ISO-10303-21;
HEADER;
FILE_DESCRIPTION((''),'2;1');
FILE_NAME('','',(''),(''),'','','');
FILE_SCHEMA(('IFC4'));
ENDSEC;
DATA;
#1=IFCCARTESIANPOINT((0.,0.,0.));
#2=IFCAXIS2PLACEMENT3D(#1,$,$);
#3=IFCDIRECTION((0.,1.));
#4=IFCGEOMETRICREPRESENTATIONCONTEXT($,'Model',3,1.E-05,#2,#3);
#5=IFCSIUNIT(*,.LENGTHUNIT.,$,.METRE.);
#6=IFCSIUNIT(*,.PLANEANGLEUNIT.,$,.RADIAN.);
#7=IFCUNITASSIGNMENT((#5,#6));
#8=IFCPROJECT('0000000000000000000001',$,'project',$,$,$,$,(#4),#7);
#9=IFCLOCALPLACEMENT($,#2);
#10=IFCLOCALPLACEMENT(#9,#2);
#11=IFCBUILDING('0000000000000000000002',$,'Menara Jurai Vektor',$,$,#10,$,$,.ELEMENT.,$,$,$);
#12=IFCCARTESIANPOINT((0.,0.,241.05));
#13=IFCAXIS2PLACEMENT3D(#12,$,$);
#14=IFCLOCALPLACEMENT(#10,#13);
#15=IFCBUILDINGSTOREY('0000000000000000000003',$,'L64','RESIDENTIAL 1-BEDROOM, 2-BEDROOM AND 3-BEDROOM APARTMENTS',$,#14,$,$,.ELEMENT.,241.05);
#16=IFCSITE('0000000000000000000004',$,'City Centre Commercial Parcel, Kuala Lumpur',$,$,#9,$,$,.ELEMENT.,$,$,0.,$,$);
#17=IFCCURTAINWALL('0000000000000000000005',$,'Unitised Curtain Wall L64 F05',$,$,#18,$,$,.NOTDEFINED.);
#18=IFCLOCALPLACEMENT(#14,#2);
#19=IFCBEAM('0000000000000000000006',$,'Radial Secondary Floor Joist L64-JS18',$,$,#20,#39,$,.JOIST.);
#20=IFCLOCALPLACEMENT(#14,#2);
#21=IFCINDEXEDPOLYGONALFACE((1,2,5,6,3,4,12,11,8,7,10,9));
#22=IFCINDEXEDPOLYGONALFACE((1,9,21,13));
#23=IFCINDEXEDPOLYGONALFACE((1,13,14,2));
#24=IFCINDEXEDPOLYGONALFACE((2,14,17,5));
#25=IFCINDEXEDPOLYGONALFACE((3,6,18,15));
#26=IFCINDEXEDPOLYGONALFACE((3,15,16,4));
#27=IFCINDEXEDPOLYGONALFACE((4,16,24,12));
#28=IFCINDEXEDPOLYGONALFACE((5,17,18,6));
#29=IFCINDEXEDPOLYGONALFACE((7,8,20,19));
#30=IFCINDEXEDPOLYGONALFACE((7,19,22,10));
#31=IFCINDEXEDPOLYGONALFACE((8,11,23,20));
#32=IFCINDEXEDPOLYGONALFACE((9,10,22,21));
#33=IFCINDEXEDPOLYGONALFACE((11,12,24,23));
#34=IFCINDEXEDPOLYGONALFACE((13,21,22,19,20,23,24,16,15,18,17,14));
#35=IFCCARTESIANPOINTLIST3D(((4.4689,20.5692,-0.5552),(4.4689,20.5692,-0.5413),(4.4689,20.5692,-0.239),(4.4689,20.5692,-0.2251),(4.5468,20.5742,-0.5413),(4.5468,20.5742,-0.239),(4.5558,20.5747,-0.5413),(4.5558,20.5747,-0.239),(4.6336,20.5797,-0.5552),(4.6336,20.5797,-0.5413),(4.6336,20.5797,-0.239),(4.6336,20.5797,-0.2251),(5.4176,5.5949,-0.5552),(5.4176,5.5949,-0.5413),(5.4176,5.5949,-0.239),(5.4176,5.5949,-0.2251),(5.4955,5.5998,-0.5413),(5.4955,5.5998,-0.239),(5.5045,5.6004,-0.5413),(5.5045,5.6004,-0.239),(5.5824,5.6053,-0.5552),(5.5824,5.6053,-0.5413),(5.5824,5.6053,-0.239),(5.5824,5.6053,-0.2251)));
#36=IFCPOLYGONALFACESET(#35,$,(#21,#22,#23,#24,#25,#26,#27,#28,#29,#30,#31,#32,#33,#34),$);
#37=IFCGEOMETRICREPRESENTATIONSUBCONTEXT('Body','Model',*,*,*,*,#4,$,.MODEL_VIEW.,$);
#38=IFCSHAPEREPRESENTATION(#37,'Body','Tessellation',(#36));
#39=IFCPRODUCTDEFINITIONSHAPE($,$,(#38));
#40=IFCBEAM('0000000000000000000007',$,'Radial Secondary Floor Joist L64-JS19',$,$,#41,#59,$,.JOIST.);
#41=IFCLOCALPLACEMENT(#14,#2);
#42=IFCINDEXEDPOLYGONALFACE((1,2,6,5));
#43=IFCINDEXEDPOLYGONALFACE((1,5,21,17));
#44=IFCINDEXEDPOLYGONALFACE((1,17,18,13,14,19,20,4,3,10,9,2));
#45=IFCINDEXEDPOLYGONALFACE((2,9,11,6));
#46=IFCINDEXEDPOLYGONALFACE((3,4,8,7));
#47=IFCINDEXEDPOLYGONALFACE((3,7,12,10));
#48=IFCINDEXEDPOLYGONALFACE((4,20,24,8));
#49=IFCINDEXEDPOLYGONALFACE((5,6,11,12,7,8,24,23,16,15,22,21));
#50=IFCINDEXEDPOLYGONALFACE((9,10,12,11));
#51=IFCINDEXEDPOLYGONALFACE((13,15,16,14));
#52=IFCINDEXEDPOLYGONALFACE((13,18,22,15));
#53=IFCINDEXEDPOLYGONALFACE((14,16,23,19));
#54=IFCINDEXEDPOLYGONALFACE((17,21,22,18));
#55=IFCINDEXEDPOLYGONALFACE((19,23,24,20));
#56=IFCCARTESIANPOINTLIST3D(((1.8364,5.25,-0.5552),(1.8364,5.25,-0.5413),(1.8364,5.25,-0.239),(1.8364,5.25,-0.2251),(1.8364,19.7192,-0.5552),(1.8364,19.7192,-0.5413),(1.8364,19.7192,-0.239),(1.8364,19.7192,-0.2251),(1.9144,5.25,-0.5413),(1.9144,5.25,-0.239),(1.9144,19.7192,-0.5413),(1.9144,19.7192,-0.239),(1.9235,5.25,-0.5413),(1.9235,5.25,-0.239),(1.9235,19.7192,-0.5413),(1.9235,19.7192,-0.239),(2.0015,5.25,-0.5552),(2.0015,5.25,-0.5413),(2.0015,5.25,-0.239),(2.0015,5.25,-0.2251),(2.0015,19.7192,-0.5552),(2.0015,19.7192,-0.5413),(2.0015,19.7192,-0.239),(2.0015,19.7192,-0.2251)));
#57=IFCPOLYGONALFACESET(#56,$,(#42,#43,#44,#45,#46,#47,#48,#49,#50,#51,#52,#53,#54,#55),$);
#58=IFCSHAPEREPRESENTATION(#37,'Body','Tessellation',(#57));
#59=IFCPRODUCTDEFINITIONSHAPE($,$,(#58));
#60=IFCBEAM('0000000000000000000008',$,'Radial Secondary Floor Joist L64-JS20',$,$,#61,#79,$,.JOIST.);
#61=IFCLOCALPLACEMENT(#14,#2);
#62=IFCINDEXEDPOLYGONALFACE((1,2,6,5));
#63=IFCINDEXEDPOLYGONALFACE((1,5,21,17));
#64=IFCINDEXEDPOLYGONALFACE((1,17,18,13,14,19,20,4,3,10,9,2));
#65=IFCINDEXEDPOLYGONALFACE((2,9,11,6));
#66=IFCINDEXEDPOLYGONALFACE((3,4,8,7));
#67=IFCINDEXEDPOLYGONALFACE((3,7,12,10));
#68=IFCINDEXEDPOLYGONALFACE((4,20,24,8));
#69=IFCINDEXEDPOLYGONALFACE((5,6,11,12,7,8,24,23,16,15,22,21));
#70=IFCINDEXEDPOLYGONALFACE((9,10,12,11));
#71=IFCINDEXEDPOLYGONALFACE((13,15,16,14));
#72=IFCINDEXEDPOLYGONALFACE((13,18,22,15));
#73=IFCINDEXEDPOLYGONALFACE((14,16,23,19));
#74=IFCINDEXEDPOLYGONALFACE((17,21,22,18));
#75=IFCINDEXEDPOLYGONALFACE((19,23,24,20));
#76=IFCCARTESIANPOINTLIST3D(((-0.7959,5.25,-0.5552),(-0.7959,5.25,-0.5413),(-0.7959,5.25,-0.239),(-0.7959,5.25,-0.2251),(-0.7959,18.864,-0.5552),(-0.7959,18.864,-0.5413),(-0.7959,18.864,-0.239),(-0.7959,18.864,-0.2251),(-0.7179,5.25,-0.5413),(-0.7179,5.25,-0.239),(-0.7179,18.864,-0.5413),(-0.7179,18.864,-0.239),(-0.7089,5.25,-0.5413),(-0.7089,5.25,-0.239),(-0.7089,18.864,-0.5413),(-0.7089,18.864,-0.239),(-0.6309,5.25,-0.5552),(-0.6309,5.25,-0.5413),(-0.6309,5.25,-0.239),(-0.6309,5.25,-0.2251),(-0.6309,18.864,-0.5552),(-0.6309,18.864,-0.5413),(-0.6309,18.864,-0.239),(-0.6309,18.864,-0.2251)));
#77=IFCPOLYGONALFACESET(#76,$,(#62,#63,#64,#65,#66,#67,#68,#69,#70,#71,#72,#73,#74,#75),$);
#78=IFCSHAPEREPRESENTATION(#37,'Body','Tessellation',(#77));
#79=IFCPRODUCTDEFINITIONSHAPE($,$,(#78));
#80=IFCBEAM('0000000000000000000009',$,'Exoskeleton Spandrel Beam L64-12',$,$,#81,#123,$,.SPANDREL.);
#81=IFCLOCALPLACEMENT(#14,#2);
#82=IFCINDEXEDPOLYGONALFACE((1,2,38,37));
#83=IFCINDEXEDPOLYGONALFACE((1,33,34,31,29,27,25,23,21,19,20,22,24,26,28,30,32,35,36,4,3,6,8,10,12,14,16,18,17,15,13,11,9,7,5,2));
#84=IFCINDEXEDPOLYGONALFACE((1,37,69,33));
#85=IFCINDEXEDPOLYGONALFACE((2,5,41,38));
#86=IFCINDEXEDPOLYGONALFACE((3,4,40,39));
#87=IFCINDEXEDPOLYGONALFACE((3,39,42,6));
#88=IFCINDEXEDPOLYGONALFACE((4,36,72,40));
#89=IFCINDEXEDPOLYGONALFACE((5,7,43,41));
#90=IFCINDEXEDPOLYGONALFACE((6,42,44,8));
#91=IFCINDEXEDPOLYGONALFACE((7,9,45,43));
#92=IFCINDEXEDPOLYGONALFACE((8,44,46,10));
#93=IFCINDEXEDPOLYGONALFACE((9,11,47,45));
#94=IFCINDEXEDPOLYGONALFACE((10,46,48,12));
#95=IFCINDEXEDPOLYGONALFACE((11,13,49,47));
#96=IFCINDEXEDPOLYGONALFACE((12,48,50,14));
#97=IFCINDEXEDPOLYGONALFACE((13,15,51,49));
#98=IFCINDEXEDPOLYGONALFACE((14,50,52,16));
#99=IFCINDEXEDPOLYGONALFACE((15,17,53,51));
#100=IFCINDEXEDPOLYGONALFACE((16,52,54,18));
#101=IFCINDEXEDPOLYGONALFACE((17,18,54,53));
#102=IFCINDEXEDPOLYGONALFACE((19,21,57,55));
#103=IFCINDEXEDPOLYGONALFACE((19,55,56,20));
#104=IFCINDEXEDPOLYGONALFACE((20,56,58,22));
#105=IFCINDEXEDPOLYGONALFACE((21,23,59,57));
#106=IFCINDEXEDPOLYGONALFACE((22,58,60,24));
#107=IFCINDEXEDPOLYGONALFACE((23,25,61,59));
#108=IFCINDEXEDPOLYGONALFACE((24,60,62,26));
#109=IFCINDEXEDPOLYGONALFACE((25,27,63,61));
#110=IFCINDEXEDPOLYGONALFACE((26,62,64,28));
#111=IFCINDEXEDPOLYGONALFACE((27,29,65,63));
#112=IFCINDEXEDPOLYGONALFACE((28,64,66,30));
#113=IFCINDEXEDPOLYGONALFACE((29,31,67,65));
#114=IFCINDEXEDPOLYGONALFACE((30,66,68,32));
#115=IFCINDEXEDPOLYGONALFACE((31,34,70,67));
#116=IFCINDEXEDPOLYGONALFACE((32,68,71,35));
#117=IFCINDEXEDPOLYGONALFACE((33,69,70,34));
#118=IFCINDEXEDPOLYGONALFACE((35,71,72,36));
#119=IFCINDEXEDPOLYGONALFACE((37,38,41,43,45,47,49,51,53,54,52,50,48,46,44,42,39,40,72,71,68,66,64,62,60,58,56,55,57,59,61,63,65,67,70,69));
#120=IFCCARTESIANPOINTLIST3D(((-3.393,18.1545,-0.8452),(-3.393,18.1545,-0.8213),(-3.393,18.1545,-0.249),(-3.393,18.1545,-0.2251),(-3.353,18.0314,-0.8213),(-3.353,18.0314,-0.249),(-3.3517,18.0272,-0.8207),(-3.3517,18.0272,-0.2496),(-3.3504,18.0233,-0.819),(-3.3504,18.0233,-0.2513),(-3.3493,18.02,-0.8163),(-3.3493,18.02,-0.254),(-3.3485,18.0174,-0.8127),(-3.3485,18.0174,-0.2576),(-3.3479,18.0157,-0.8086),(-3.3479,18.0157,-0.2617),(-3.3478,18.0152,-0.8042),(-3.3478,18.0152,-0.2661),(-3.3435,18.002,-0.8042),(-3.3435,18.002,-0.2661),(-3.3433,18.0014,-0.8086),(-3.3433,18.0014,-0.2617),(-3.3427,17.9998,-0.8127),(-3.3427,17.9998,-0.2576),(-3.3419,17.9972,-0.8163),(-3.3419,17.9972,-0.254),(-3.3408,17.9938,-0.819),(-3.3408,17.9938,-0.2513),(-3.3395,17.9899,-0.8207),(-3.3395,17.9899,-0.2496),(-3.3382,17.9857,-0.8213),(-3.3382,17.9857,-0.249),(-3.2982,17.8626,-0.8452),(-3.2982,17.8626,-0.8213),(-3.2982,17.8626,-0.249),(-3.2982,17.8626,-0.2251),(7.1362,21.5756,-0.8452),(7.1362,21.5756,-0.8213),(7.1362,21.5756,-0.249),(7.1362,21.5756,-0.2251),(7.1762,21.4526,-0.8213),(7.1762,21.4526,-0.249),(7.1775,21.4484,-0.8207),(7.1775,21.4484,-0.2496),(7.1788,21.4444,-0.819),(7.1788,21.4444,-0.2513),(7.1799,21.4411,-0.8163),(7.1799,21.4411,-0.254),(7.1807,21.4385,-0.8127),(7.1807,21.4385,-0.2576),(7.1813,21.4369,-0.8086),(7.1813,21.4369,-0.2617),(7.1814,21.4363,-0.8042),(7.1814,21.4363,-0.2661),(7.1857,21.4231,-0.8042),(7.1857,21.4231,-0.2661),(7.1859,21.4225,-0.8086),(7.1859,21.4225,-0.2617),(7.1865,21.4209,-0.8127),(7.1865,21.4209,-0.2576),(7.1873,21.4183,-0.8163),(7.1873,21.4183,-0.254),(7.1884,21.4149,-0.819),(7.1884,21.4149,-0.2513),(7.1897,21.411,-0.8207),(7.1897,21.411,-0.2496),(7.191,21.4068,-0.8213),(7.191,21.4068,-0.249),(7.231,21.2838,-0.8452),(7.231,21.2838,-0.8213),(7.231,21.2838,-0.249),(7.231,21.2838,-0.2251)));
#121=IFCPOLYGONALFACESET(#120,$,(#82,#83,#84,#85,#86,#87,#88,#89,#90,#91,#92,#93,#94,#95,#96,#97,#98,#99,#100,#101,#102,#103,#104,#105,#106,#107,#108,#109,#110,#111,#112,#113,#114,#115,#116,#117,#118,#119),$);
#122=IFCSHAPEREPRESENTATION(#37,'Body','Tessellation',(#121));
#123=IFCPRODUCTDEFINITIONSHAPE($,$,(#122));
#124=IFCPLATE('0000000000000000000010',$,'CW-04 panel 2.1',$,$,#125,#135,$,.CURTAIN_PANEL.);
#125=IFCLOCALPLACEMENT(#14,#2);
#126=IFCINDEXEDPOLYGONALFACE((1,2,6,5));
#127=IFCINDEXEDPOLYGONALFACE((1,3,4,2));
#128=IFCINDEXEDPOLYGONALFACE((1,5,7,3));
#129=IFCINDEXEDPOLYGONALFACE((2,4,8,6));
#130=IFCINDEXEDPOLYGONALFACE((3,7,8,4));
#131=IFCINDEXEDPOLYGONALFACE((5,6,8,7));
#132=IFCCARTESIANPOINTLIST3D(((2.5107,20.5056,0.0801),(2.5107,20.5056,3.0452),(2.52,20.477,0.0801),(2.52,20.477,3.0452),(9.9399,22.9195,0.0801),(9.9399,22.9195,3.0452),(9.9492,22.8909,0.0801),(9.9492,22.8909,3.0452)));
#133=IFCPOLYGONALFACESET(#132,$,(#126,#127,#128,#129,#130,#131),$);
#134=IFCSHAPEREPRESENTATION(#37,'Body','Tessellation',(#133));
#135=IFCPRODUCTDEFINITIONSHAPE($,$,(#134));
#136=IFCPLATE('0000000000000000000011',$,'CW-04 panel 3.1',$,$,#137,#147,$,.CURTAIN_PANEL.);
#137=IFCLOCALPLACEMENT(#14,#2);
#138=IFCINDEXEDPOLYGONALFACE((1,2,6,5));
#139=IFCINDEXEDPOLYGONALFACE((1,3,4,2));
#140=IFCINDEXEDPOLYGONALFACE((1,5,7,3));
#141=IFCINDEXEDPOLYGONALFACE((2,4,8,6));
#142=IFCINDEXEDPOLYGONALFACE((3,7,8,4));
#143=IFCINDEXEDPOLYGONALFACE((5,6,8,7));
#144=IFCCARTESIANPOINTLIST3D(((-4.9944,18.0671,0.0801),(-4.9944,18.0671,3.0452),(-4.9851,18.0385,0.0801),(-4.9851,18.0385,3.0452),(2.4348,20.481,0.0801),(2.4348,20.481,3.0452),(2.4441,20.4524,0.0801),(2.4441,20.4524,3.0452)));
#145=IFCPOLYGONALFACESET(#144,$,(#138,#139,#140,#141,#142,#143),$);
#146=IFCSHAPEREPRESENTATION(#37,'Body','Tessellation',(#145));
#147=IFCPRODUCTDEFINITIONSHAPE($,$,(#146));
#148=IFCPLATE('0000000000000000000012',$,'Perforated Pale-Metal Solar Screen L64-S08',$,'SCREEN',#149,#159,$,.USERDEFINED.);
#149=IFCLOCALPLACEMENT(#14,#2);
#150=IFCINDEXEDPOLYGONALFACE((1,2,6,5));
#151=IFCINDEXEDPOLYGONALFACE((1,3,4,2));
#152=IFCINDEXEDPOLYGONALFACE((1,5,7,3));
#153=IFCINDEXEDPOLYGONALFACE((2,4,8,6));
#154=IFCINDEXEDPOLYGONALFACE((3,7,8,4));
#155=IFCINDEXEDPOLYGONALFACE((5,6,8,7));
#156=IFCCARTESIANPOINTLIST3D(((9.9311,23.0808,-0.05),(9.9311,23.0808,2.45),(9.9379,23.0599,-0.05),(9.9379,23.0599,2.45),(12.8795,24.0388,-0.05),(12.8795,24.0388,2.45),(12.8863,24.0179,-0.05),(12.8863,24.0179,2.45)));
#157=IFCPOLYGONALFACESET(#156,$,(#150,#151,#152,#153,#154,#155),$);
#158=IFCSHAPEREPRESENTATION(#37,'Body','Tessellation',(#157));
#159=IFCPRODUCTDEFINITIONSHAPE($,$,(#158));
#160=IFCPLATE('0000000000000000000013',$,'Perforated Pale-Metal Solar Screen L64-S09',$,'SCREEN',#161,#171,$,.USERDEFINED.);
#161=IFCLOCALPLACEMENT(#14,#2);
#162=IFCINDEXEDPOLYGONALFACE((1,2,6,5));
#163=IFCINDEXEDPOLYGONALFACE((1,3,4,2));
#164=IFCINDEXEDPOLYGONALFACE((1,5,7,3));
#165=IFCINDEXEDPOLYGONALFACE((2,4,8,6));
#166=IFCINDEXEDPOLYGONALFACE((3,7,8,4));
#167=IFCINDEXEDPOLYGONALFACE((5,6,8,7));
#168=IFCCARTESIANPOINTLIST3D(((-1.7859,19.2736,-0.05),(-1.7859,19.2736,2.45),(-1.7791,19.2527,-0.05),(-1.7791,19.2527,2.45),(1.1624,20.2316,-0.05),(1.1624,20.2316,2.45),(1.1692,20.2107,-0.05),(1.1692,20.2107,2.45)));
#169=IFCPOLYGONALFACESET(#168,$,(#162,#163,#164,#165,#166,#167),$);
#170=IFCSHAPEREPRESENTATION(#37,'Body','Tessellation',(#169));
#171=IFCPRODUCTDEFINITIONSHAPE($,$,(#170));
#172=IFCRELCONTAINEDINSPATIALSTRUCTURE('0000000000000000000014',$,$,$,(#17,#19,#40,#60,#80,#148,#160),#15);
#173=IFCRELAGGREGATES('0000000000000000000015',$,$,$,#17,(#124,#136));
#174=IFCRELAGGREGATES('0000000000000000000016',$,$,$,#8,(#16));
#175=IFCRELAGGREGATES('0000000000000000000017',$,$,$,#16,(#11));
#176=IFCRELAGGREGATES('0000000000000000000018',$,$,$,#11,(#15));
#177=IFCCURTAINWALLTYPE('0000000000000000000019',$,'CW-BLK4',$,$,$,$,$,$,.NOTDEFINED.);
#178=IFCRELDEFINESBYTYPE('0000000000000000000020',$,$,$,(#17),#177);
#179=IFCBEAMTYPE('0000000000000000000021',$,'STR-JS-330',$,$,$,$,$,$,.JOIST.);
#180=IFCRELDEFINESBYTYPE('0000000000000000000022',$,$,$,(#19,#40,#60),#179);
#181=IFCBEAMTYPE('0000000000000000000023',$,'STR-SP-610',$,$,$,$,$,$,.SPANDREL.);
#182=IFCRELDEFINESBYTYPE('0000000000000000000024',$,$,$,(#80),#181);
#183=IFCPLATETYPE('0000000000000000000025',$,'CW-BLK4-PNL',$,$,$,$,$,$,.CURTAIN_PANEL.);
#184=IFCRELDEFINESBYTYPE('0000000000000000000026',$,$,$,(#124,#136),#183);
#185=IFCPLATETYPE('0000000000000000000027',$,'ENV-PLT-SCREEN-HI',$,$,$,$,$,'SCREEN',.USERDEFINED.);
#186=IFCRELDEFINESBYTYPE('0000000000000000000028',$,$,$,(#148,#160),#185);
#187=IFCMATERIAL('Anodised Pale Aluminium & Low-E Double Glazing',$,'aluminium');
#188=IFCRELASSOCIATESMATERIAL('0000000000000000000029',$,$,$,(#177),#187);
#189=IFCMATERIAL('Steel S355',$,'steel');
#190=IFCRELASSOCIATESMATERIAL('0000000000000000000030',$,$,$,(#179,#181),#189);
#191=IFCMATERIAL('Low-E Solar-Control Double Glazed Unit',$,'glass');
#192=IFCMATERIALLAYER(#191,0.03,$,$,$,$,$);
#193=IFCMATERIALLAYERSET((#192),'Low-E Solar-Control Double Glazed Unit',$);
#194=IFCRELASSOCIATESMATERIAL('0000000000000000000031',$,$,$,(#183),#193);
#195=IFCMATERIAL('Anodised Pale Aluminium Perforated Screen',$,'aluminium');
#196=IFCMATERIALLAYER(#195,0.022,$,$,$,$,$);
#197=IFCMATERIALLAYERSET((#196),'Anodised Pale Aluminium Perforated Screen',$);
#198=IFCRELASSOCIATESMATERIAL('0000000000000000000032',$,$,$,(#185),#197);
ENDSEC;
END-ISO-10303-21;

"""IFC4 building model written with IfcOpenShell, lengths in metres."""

from ifc_helpers import new_model, si_unit, direction, frame, origin, origin_2d, place, context, subcontext, project, spatial, rectangle, i_section, extrude, material, layer, layer_set, material_profile, profile_set, type_object, element, aggregate, save


model = new_model("IFC4")

# Units and contexts
model_context = context("Model", 3, precision=1e-05, world=origin(), true_north=direction((0.0, 1.0)))
body_context = subcontext(model_context, "Body", "Model", "MODEL_VIEW")
ifc_project = project(units=[si_unit("LENGTHUNIT", "METRE"), si_unit("PLANEANGLEUNIT", "RADIAN")], contexts=[model_context])

# Site, building, storey
site_placement = place(None, origin())
site = spatial("IfcSite", under=ifc_project, at=site_placement, Name="City Centre Commercial Parcel, Kuala Lumpur", CompositionType="ELEMENT", RefElevation=0.0)
building_placement = place(site_placement, origin())
building = spatial("IfcBuilding", under=site, at=building_placement, Name="Menara Jurai Vektor", CompositionType="ELEMENT")
storey_placement = place(building_placement, frame((0.0, 0.0, 241.05)))
storey = spatial("IfcBuildingStorey", under=building, at=storey_placement, Name="L64", Description="RESIDENTIAL 1-BEDROOM, 2-BEDROOM AND 3-BEDROOM APARTMENTS", CompositionType="ELEMENT", Elevation=241.05)

# Curtain wall
ifc_material_1 = material(Name="Anodised Pale Aluminium & Low-E Double Glazing", Category="aluminium")
curtain_wall_type = type_object("IfcCurtainWallType", Name="CW-BLK4", PredefinedType="NOTDEFINED", material=ifc_material_1)
curtain_wall_placement = place(storey_placement, origin())
curtain_wall = element("IfcCurtainWall", 1, at=curtain_wall_placement, inside=storey, type_object=curtain_wall_type, Name="Unitised Curtain Wall L64 F05", PredefinedType="NOTDEFINED")

# Beams
ifc_material_2 = material(Name="Steel S355", Category="steel")
ifc_material_profile_1 = material_profile(ifc_material_2, i_section(OverallWidth=0.165, OverallDepth=0.3301, WebThickness=0.009, FlangeThickness=0.0139, at=origin_2d()), Name="PG 330x165x46")
ifc_profile_set_1 = profile_set([ifc_material_profile_1], Name="Steel S355")
beam_type_1 = type_object("IfcBeamType", Name="STR-JS-330", PredefinedType="JOIST", material=ifc_profile_set_1)
beam_1_placement = place(storey_placement, frame((4.5513, 20.5745, -0.3901), z_axis=(0.06323, -0.997999, 0.0), x_axis=(0.997999, 0.06323, 0.0)))
element("IfcBeam", 2, at=beam_1_placement, inside=storey, type_object=beam_type_1, Name="Radial Secondary Floor Joist L64-JS18", PredefinedType="JOIST", context=body_context, shape_type="SweptSolid", body=[
    extrude(i_section(OverallWidth=0.165, OverallDepth=0.3301, WebThickness=0.009, FlangeThickness=0.0139, at=origin_2d()), origin(), (0.0, 0.0, 1.0), 15.0044),
])
beam_2_placement = place(storey_placement, frame((1.9189, 19.7192, -0.3901), z_axis=(0.0, -1.0, 0.0), x_axis=(1.0, 0.0, 0.0)))
element("IfcBeam", 3, at=beam_2_placement, inside=storey, type_object=beam_type_1, Name="Radial Secondary Floor Joist L64-JS19", PredefinedType="JOIST", context=body_context, shape_type="SweptSolid", body=[
    extrude(i_section(OverallWidth=0.165, OverallDepth=0.3301, WebThickness=0.009, FlangeThickness=0.0139, at=origin_2d()), origin(), (0.0, 0.0, 1.0), 14.4692),
])
beam_3_placement = place(storey_placement, frame((-0.7134, 18.864, -0.3901), z_axis=(0.0, -1.0, 0.0), x_axis=(1.0, 0.0, 0.0)))
element("IfcBeam", 4, at=beam_3_placement, inside=storey, type_object=beam_type_1, Name="Radial Secondary Floor Joist L64-JS20", PredefinedType="JOIST", context=body_context, shape_type="SweptSolid", body=[
    extrude(i_section(OverallWidth=0.165, OverallDepth=0.3301, WebThickness=0.009, FlangeThickness=0.0139, at=origin_2d()), origin(), (0.0, 0.0, 1.0), 13.614),
])
ifc_material_profile_2 = material_profile(ifc_material_2, i_section(OverallWidth=0.3069, OverallDepth=0.6201, WebThickness=0.0139, FlangeThickness=0.0239, FilletRadius=0.0171, at=origin_2d()), Name="UKB 610x305x179")
ifc_profile_set_2 = profile_set([ifc_material_profile_2], Name="Steel S355")
beam_type_2 = type_object("IfcBeamType", Name="STR-SP-610", PredefinedType="SPANDREL", material=ifc_profile_set_2)
beam_4_placement = place(storey_placement, frame((7.1836, 21.4297, -0.5352), z_axis=(-0.951057, -0.309014, 0.0), x_axis=(0.309014, -0.951057, 0.0)))
element("IfcBeam", 5, at=beam_4_placement, inside=storey, type_object=beam_type_2, Name="Exoskeleton Spandrel Beam L64-12", PredefinedType="SPANDREL", context=body_context, shape_type="SweptSolid", body=[
    extrude(i_section(OverallWidth=0.3069, OverallDepth=0.6201, WebThickness=0.0139, FlangeThickness=0.0239, FilletRadius=0.0171, at=origin_2d()), origin(), (0.0, 0.0, 1.0), 11.071),
])

# Plates
ifc_material_3 = material(Name="Low-E Solar-Control Double Glazed Unit", Category="glass")
ifc_layer_1 = layer(ifc_material_3, 0.03)
ifc_layer_set_1 = layer_set([ifc_layer_1], Name="Low-E Solar-Control Double Glazed Unit")
plate_type_1 = type_object("IfcPlateType", Name="CW-BLK4-PNL", PredefinedType="CURTAIN_PANEL", material=ifc_layer_set_1)
plate_1_placement = place(storey_placement, frame((6.23, 21.6982, 0.0801), z_axis=(0.0, 0.0, 1.0), x_axis=(-0.951056, -0.309017, 0.0)))
plate_1 = element("IfcPlate", 6, at=plate_1_placement, type_object=plate_type_1, Name="CW-04 panel 2.1", PredefinedType="CURTAIN_PANEL", context=body_context, shape_type="SweptSolid", body=[
    extrude(rectangle(XDim=7.8115, YDim=0.03, at=origin_2d()), origin(), (0.0, 0.0, 1.0), 2.9651),
])
plate_2_placement = place(storey_placement, frame((-1.2751, 19.2598, 0.0801), z_axis=(0.0, 0.0, 1.0), x_axis=(-0.951056, -0.309017, 0.0)))
plate_2 = element("IfcPlate", 7, at=plate_2_placement, type_object=plate_type_1, Name="CW-04 panel 3.1", PredefinedType="CURTAIN_PANEL", context=body_context, shape_type="SweptSolid", body=[
    extrude(rectangle(XDim=7.8115, YDim=0.03, at=origin_2d()), origin(), (0.0, 0.0, 1.0), 2.9651),
])
aggregate(curtain_wall, [plate_1, plate_2])

# Plates
ifc_material_4 = material(Name="Anodised Pale Aluminium Perforated Screen", Category="aluminium")
ifc_layer_2 = layer(ifc_material_4, 0.022)
ifc_layer_set_2 = layer_set([ifc_layer_2], Name="Anodised Pale Aluminium Perforated Screen")
plate_type_2 = type_object("IfcPlateType", Name="ENV-PLT-SCREEN-HI", ElementType="SCREEN", PredefinedType="USERDEFINED", material=ifc_layer_set_2)
for number, where, z_axis, x_axis, name in (
    (8, (11.4087, 23.5493, -0.05), (0.0, 0.0, 1.0), (-0.951057, -0.309017, 0.0), "Perforated Pale-Metal Solar Screen L64-S08"),
    (9, (-0.3083, 19.7422, -0.05), (0.0, 0.0, 1.0), (-0.951057, -0.309017, 0.0), "Perforated Pale-Metal Solar Screen L64-S09"),
):
    element("IfcPlate", number, at=place(storey_placement, frame(where, z_axis=z_axis, x_axis=x_axis)), inside=storey, type_object=plate_type_2, Name=name, ObjectType="SCREEN", PredefinedType="USERDEFINED", context=body_context, shape_type="SweptSolid", body=[
        extrude(rectangle(XDim=3.1001, YDim=0.022, at=origin_2d()), origin(), (0.0, 0.0, 1.0), 2.5),
    ])

save(model, "model.ifc")
